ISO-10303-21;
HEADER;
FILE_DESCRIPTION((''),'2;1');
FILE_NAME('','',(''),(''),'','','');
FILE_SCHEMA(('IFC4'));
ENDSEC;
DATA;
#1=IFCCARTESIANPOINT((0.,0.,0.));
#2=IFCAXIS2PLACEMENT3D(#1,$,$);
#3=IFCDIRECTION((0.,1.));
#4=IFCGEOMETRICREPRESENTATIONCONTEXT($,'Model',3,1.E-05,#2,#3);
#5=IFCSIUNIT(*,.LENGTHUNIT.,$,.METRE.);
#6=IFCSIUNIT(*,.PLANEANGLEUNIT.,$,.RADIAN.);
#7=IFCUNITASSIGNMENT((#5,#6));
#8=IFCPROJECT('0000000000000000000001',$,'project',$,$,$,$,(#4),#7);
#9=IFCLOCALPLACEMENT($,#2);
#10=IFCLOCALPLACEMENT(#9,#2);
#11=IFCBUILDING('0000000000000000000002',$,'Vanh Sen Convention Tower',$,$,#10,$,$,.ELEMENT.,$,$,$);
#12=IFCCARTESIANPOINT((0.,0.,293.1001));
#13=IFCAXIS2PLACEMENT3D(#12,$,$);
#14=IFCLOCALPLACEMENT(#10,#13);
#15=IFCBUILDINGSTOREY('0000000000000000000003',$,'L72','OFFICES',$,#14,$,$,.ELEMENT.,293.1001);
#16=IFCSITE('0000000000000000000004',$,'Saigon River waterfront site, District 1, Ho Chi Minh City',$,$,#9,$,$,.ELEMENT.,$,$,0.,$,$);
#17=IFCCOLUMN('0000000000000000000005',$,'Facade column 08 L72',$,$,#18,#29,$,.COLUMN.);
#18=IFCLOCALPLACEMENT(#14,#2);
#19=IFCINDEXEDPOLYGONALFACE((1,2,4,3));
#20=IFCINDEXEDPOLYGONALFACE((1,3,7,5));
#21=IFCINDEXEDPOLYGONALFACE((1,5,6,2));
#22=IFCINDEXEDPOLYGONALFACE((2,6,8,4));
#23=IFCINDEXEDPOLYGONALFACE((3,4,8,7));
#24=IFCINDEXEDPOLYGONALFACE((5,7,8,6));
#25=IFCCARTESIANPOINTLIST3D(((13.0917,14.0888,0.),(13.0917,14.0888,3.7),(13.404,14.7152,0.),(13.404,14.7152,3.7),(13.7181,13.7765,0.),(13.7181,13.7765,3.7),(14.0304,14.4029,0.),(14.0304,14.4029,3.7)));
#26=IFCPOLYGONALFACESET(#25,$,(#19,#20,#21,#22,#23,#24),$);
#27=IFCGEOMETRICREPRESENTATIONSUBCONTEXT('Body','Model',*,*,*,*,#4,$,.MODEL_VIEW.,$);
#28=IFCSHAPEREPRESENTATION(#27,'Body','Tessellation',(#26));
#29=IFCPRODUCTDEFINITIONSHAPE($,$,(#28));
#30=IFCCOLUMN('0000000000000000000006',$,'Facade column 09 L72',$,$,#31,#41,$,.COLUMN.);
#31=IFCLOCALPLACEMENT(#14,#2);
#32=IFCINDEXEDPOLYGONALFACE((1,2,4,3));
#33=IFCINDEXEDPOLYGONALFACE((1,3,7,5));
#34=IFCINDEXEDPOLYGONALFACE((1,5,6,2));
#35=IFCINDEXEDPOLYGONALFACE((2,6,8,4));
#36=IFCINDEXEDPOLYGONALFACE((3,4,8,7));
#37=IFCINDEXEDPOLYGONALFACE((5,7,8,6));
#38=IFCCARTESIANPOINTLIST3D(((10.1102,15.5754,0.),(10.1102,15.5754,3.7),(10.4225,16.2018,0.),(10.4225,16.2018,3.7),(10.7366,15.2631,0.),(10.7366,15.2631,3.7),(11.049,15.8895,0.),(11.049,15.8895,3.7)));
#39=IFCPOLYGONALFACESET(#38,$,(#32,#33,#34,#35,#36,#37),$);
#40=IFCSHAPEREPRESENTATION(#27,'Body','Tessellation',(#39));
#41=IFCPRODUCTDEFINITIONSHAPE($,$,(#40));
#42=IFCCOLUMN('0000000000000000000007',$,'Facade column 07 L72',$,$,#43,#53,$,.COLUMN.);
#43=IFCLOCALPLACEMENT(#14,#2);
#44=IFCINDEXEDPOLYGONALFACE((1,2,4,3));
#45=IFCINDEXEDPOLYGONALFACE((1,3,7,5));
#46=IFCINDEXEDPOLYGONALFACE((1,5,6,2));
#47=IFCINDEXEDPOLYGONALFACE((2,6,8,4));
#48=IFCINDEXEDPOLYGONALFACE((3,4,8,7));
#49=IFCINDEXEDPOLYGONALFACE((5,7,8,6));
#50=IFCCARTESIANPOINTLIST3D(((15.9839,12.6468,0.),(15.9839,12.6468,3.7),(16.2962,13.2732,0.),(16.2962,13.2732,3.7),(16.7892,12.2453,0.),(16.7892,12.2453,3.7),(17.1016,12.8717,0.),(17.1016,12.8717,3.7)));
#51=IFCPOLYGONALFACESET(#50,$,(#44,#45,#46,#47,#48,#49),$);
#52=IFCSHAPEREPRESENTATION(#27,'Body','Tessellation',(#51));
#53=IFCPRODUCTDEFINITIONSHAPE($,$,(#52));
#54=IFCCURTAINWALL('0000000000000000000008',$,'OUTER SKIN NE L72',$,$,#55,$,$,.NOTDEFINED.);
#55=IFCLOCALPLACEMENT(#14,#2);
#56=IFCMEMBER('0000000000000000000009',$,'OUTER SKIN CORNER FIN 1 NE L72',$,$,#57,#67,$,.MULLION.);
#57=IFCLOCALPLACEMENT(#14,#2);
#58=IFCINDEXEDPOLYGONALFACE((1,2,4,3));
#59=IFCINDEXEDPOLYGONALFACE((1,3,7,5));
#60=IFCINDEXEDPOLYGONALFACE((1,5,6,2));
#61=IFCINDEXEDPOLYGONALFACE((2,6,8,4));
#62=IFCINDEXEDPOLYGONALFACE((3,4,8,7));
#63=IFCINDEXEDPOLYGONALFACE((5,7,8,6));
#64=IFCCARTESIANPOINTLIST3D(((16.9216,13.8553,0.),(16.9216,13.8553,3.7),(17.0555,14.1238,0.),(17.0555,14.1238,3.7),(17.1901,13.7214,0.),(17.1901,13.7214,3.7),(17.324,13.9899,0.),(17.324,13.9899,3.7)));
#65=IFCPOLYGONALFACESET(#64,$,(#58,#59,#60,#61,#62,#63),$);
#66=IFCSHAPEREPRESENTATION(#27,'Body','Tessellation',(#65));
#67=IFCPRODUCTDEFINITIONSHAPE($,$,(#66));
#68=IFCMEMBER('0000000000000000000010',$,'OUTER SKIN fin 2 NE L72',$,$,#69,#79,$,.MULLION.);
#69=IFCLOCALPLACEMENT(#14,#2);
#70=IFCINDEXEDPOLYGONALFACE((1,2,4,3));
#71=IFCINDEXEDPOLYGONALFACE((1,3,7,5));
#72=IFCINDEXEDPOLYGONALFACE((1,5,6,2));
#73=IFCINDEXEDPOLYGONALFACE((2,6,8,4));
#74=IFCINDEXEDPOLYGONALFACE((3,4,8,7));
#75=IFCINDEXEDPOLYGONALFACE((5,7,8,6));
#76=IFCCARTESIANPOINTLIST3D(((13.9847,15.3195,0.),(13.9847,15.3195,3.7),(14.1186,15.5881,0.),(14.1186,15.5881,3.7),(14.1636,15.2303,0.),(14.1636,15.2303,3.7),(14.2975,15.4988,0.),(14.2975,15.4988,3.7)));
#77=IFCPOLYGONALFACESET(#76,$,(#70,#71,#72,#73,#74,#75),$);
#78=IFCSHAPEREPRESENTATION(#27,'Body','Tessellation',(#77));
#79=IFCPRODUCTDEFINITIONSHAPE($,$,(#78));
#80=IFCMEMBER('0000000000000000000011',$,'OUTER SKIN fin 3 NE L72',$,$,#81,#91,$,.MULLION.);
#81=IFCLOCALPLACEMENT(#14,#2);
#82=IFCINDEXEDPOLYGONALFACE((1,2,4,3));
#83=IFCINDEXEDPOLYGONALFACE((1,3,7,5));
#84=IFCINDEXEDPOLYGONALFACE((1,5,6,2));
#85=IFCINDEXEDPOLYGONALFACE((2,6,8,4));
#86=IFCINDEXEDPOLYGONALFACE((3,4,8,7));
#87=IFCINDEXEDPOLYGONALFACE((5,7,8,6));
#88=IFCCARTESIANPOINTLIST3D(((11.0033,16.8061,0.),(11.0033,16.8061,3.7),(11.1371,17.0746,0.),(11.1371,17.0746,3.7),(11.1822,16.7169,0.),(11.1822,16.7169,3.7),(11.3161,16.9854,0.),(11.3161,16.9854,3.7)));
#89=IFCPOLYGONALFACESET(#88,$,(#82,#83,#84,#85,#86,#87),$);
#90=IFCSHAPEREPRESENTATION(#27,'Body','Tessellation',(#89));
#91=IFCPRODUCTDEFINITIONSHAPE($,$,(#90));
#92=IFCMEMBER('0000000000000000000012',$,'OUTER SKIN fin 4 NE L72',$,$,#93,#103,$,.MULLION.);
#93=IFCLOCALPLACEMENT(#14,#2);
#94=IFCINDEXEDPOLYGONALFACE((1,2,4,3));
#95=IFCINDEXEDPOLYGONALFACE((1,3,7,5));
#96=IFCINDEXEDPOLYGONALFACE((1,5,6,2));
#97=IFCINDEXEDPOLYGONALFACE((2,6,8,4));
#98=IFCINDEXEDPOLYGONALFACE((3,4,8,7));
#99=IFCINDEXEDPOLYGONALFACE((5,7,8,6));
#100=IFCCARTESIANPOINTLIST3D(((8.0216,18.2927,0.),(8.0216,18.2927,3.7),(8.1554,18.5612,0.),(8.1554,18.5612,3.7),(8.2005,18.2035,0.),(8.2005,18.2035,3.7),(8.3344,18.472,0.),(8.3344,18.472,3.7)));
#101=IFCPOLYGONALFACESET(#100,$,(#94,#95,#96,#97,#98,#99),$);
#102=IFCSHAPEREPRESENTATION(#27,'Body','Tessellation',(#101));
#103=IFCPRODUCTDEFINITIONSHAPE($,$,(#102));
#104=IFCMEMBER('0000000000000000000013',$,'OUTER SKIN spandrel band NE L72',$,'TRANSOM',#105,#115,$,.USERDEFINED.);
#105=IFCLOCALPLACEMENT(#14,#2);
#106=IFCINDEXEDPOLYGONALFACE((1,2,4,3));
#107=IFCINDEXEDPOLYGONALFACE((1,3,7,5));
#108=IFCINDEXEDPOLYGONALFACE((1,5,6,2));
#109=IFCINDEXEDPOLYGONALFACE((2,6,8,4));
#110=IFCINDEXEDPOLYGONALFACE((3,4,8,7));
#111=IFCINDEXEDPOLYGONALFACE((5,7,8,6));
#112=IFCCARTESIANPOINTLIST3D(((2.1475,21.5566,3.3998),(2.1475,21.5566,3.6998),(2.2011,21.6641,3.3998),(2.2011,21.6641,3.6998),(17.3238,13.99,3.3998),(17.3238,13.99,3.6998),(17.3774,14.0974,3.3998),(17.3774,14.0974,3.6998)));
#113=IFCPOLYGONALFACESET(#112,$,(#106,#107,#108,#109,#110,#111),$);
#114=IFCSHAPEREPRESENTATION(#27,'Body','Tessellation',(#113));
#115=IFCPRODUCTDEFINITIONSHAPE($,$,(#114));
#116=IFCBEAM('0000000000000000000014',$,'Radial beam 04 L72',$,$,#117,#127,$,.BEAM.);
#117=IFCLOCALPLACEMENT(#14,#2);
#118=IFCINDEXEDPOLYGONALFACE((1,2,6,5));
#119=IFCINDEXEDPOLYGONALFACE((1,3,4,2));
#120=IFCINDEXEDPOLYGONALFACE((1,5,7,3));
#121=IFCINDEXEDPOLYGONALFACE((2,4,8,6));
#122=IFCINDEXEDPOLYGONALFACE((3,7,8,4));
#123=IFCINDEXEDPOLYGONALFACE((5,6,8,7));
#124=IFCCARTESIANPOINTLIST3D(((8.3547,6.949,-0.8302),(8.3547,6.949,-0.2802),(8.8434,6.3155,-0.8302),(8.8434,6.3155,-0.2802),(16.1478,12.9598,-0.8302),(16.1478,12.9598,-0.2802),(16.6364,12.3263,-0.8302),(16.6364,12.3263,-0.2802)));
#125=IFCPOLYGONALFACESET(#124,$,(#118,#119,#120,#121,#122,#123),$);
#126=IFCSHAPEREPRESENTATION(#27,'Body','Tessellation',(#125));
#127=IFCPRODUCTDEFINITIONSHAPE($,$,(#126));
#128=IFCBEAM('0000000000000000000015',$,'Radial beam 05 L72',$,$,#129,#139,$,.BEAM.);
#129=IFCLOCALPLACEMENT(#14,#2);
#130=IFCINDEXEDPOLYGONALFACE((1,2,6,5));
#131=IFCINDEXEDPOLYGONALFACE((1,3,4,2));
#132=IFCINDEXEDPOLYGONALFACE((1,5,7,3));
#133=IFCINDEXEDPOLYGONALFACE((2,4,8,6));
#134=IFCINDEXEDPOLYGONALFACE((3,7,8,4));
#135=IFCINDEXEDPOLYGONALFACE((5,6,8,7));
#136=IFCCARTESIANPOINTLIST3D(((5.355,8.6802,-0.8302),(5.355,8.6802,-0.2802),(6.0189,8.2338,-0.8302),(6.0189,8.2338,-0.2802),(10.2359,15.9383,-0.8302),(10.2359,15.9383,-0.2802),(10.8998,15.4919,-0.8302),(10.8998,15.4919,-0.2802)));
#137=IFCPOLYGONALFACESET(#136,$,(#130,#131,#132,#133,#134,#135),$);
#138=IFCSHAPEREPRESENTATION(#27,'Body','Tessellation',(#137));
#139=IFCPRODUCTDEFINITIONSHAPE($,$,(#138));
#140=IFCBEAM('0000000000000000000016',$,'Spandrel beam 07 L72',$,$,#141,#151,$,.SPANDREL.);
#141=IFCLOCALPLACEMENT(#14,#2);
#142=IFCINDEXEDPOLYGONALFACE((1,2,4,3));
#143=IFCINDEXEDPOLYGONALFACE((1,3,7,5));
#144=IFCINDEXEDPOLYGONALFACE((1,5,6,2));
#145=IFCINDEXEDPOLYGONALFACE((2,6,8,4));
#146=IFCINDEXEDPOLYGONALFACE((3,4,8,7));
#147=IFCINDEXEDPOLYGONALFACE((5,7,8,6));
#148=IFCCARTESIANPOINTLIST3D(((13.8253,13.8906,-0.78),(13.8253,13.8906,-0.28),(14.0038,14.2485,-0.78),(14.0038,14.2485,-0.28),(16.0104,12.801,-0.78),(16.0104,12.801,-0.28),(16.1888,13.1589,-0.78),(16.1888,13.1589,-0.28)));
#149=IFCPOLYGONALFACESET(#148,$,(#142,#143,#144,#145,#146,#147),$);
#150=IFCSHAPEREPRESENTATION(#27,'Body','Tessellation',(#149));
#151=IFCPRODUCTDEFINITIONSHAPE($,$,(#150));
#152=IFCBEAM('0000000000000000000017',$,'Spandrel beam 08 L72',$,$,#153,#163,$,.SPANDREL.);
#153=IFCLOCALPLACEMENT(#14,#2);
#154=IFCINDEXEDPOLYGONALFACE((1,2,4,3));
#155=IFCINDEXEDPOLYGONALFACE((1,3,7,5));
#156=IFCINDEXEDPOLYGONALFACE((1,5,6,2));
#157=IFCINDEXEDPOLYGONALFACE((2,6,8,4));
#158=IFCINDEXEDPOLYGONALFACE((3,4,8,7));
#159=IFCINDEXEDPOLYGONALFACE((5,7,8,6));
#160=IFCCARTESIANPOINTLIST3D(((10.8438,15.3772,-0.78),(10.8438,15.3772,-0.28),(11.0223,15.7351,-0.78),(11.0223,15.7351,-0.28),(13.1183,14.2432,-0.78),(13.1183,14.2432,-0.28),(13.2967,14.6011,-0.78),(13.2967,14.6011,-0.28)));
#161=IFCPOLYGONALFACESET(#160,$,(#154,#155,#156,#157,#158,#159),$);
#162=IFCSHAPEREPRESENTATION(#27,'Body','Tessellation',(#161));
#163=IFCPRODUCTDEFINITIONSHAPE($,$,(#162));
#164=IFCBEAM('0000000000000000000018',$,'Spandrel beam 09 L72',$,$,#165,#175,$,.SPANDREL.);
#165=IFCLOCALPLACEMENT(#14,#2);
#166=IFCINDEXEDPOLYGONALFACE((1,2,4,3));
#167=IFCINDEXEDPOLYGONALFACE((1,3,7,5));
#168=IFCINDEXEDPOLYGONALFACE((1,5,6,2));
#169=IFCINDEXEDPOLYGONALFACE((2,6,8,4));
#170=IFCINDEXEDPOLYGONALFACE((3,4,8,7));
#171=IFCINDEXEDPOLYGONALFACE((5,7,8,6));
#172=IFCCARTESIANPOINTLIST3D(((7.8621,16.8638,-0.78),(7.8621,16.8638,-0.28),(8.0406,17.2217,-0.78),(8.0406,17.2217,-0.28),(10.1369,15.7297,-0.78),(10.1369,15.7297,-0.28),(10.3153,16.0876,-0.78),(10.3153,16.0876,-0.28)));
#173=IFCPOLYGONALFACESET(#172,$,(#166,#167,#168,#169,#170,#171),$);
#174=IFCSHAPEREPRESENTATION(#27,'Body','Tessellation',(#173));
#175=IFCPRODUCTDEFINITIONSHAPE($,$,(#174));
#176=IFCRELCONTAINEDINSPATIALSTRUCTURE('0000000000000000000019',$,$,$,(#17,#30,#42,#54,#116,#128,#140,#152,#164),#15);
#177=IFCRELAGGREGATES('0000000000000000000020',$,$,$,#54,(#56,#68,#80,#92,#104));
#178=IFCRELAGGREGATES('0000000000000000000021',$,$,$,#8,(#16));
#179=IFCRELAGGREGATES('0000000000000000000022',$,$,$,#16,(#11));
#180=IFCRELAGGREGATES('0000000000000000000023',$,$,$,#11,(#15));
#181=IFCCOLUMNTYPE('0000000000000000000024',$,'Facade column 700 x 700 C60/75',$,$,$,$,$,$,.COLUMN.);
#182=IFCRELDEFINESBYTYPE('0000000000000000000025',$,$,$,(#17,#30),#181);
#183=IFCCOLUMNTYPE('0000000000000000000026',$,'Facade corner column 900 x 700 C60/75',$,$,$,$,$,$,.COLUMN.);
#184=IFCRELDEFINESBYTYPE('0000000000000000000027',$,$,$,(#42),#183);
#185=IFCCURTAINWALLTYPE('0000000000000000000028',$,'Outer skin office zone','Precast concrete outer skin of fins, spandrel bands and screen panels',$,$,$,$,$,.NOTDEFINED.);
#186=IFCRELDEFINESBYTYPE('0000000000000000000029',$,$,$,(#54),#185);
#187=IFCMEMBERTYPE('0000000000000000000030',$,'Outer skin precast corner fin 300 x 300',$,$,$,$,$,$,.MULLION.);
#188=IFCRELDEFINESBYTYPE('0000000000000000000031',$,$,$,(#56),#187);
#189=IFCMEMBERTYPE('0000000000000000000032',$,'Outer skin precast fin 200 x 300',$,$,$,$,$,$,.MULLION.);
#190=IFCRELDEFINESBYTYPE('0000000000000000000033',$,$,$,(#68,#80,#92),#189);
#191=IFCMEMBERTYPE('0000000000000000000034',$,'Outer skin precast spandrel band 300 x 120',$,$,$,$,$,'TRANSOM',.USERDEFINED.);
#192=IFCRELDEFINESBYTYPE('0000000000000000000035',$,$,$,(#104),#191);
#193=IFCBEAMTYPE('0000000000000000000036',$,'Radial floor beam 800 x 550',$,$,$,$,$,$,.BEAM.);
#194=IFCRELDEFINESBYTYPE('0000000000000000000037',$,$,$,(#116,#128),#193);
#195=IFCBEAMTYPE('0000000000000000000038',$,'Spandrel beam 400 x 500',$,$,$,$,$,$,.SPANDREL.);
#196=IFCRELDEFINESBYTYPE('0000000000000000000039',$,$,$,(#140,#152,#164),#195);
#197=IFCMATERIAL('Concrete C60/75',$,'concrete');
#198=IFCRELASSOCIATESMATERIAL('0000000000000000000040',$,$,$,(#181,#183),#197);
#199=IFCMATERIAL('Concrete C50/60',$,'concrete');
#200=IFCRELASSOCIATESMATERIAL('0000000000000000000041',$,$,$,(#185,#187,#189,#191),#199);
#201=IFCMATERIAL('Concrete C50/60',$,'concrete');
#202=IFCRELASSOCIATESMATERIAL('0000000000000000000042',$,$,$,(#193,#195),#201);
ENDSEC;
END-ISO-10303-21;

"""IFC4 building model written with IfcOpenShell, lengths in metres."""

from ifc_helpers import new_model, si_unit, direction, frame, origin, origin_2d, place, context, subcontext, project, spatial, rectangle, extrude, material, material_profile, profile_set, type_object, element, aggregate, save


model = new_model("IFC4")

# Units and contexts
model_context = context("Model", 3, precision=1e-05, world=origin(), true_north=direction((0.0, 1.0)))
body_context = subcontext(model_context, "Body", "Model", "MODEL_VIEW")
ifc_project = project(units=[si_unit("LENGTHUNIT", "METRE"), si_unit("PLANEANGLEUNIT", "RADIAN")], contexts=[model_context])

# Site, building, storey
site_placement = place(None, origin())
site = spatial("IfcSite", under=ifc_project, at=site_placement, Name="Saigon River waterfront site, District 1, Ho Chi Minh City", CompositionType="ELEMENT", RefElevation=0.0)
building_placement = place(site_placement, origin())
building = spatial("IfcBuilding", under=site, at=building_placement, Name="Vanh Sen Convention Tower", CompositionType="ELEMENT")
storey_placement = place(building_placement, frame((0.0, 0.0, 293.1001)))
storey = spatial("IfcBuildingStorey", under=building, at=storey_placement, Name="L72", Description="OFFICES", CompositionType="ELEMENT", Elevation=293.1001)

# Columns
ifc_material_1 = material(Name="Concrete C60/75", Category="concrete")
ifc_material_profile_1 = material_profile(ifc_material_1, rectangle(XDim=0.7, YDim=0.7, at=origin_2d()), Name="RC 700X700")
ifc_profile_set_1 = profile_set([ifc_material_profile_1], Name="Concrete C60/75")
column_type_1 = type_object("IfcColumnType", Name="Facade column 700 x 700 C60/75", PredefinedType="COLUMN", material=ifc_profile_set_1)
for number, where, z_axis, x_axis, name in (
    (1, (13.561, 14.2458, 0.0), (0.0, 0.0, 1.0), (-0.894934, 0.446198, 0.0), "Facade column 08 L72"),
    (2, (10.5796, 15.7324, 0.0), (0.0, 0.0, 1.0), (-0.894934, 0.446198, 0.0), "Facade column 09 L72"),
):
    element("IfcColumn", number, at=place(storey_placement, frame(where, z_axis=z_axis, x_axis=x_axis)), inside=storey, type_object=column_type_1, Name=name, PredefinedType="COLUMN", context=body_context, shape_type="SweptSolid", body=[
        extrude(rectangle(XDim=0.7, YDim=0.7, at=origin_2d()), origin(), (0.0, 0.0, 1.0), 3.7),
    ])
ifc_material_profile_2 = material_profile(ifc_material_1, rectangle(XDim=0.8999, YDim=0.7, at=origin_2d()), Name="RC 900X700")
ifc_profile_set_2 = profile_set([ifc_material_profile_2], Name="Concrete C60/75")
column_type_2 = type_object("IfcColumnType", Name="Facade corner column 900 x 700 C60/75", PredefinedType="COLUMN", material=ifc_profile_set_2)
column_placement = place(storey_placement, frame((16.5427, 12.7593, 0.0), z_axis=(0.0, 0.0, 1.0), x_axis=(-0.894934, 0.446198, 0.0)))
element("IfcColumn", 3, at=column_placement, inside=storey, type_object=column_type_2, Name="Facade column 07 L72", PredefinedType="COLUMN", context=body_context, shape_type="SweptSolid", body=[
    extrude(rectangle(XDim=0.8999, YDim=0.7, at=origin_2d()), origin(), (0.0, 0.0, 1.0), 3.7),
])

# Curtain wall, members
ifc_material_2 = material(Name="Concrete C50/60", Category="concrete")
curtain_wall_type = type_object("IfcCurtainWallType", Name="Outer skin office zone", Description="Precast concrete outer skin of fins, spandrel bands and screen panels", PredefinedType="NOTDEFINED", material=ifc_material_2)
curtain_wall_1_placement = place(storey_placement, origin())
curtain_wall_1 = element("IfcCurtainWall", 4, at=curtain_wall_1_placement, inside=storey, type_object=curtain_wall_type, Name="OUTER SKIN NE L72", PredefinedType="NOTDEFINED")
ifc_material_profile_3 = material_profile(ifc_material_2, rectangle(XDim=0.3, YDim=0.3, at=origin_2d()), Name="Outer skin precast corner fin 300 x 300")
ifc_profile_set_3 = profile_set([ifc_material_profile_3], Name="Concrete C50/60")
member_type_1 = type_object("IfcMemberType", Name="Outer skin precast corner fin 300 x 300", PredefinedType="MULLION", material=ifc_profile_set_3)
member_1_placement = place(storey_placement, frame((17.1228, 13.9226, 0.0), z_axis=(0.0, 0.0, 1.0), x_axis=(-0.894934, 0.446198, 0.0)))
member_1 = element("IfcMember", 5, at=member_1_placement, type_object=member_type_1, Name="OUTER SKIN CORNER FIN 1 NE L72", PredefinedType="MULLION", context=body_context, shape_type="SweptSolid", body=[
    extrude(rectangle(XDim=0.3, YDim=0.3, at=origin_2d()), origin(), (0.0, 0.0, 1.0), 3.7),
])
ifc_material_profile_4 = material_profile(ifc_material_2, rectangle(XDim=0.2, YDim=0.3, at=origin_2d()), Name="Outer skin precast fin 200 x 300")
ifc_profile_set_4 = profile_set([ifc_material_profile_4], Name="Concrete C50/60")
member_type_2 = type_object("IfcMemberType", Name="Outer skin precast fin 200 x 300", PredefinedType="MULLION", material=ifc_profile_set_4)
member_2_placement = place(storey_placement, frame((14.1411, 15.4092, 0.0), z_axis=(0.0, 0.0, 1.0), x_axis=(-0.894934, 0.446198, 0.0)))
member_2 = element("IfcMember", 6, at=member_2_placement, type_object=member_type_2, Name="OUTER SKIN fin 2 NE L72", PredefinedType="MULLION", context=body_context, shape_type="SweptSolid", body=[
    extrude(rectangle(XDim=0.2, YDim=0.3, at=origin_2d()), origin(), (0.0, 0.0, 1.0), 3.7),
])
member_3_placement = place(storey_placement, frame((11.1597, 16.8958, 0.0), z_axis=(0.0, 0.0, 1.0), x_axis=(-0.894934, 0.446198, 0.0)))
member_3 = element("IfcMember", 7, at=member_3_placement, type_object=member_type_2, Name="OUTER SKIN fin 3 NE L72", PredefinedType="MULLION", context=body_context, shape_type="SweptSolid", body=[
    extrude(rectangle(XDim=0.2, YDim=0.3, at=origin_2d()), origin(), (0.0, 0.0, 1.0), 3.7),
])
member_4_placement = place(storey_placement, frame((8.178, 18.3823, 0.0), z_axis=(0.0, 0.0, 1.0), x_axis=(-0.894934, 0.446198, 0.0)))
member_4 = element("IfcMember", 8, at=member_4_placement, type_object=member_type_2, Name="OUTER SKIN fin 4 NE L72", PredefinedType="MULLION", context=body_context, shape_type="SweptSolid", body=[
    extrude(rectangle(XDim=0.2, YDim=0.3, at=origin_2d()), origin(), (0.0, 0.0, 1.0), 3.7),
])
ifc_material_profile_5 = material_profile(ifc_material_2, rectangle(XDim=0.1201, YDim=0.3, at=origin_2d()), Name="Outer skin precast spandrel band 300 x 120")
ifc_profile_set_5 = profile_set([ifc_material_profile_5], Name="Concrete C50/60")
member_type_3 = type_object("IfcMemberType", Name="Outer skin precast spandrel band 300 x 120", ElementType="TRANSOM", PredefinedType="USERDEFINED", material=ifc_profile_set_5)
member_5_placement = place(storey_placement, frame((17.3506, 14.0437, 3.5498), z_axis=(-0.894933, 0.4462, 0.0), x_axis=(-0.4462, -0.894933, 0.0)))
member_5 = element("IfcMember", 9, at=member_5_placement, type_object=member_type_3, Name="OUTER SKIN spandrel band NE L72", ObjectType="TRANSOM", PredefinedType="USERDEFINED", context=body_context, shape_type="SweptSolid", body=[
    extrude(rectangle(XDim=0.1201, YDim=0.3, at=origin_2d()), origin(), (0.0, 0.0, 1.0), 16.958),
])

# Beams
ifc_material_3 = material(Name="Concrete C50/60", Category="concrete")
ifc_material_profile_6 = material_profile(ifc_material_3, rectangle(XDim=0.8, YDim=0.55, at=origin_2d()), Name="RC 800X550")
ifc_profile_set_6 = profile_set([ifc_material_profile_6], Name="Concrete C50/60")
beam_type_1 = type_object("IfcBeamType", Name="Radial floor beam 800 x 550", PredefinedType="BEAM", material=ifc_profile_set_6)
beam_1_placement = place(storey_placement, frame((16.3921, 12.6431, -0.5552), z_axis=(-0.79183, -0.610741, 0.0), x_axis=(0.610741, -0.79183, 0.0)))
element("IfcBeam", 10, at=beam_1_placement, inside=storey, type_object=beam_type_1, Name="Radial beam 04 L72", PredefinedType="BEAM", context=body_context, shape_type="SweptSolid", body=[
    extrude(rectangle(XDim=0.8, YDim=0.55, at=origin_2d()), origin(), (0.0, 0.0, 1.0), 9.8418),
])
beam_2_placement = place(storey_placement, frame((10.5679, 15.7151, -0.5552), z_axis=(-0.558032, -0.829819, 0.0), x_axis=(0.829819, -0.558032, 0.0)))
element("IfcBeam", 11, at=beam_2_placement, inside=storey, type_object=beam_type_1, Name="Radial beam 05 L72", PredefinedType="BEAM", context=body_context, shape_type="SweptSolid", body=[
    extrude(rectangle(XDim=0.8, YDim=0.55, at=origin_2d()), origin(), (0.0, 0.0, 1.0), 8.7466),
])
ifc_material_profile_7 = material_profile(ifc_material_3, rectangle(XDim=0.3999, YDim=0.5, at=origin_2d()), Name="RC 400X500")
ifc_profile_set_7 = profile_set([ifc_material_profile_7], Name="Concrete C50/60")
beam_type_2 = type_object("IfcBeamType", Name="Spandrel beam 400 x 500", PredefinedType="SPANDREL", material=ifc_profile_set_7)
beam_3_placement = place(storey_placement, frame((16.0996, 12.98, -0.53), z_axis=(-0.894907, 0.446253, 0.0), x_axis=(-0.446253, -0.894907, 0.0)))
element("IfcBeam", 12, at=beam_3_placement, inside=storey, type_object=beam_type_2, Name="Spandrel beam 07 L72", PredefinedType="SPANDREL", context=body_context, shape_type="SweptSolid", body=[
    extrude(rectangle(XDim=0.3999, YDim=0.5, at=origin_2d()), origin(), (0.0, 0.0, 1.0), 2.4417),
])
beam_4_placement = place(storey_placement, frame((13.2075, 14.4221, -0.53), z_axis=(-0.894926, 0.446214, 0.0), x_axis=(-0.446214, -0.894926, 0.0)))
element("IfcBeam", 13, at=beam_4_placement, inside=storey, type_object=beam_type_2, Name="Spandrel beam 08 L72", PredefinedType="SPANDREL", context=body_context, shape_type="SweptSolid", body=[
    extrude(rectangle(XDim=0.3999, YDim=0.5, at=origin_2d()), origin(), (0.0, 0.0, 1.0), 2.5415),
])
beam_5_placement = place(storey_placement, frame((10.2261, 15.9087, -0.53), z_axis=(-0.894945, 0.446176, 0.0), x_axis=(-0.446176, -0.894945, 0.0)))
element("IfcBeam", 14, at=beam_5_placement, inside=storey, type_object=beam_type_2, Name="Spandrel beam 09 L72", PredefinedType="SPANDREL", context=body_context, shape_type="SweptSolid", body=[
    extrude(rectangle(XDim=0.3999, YDim=0.5, at=origin_2d()), origin(), (0.0, 0.0, 1.0), 2.5417),
])

aggregate(curtain_wall_1, [member_1, member_2, member_3, member_4, member_5])

save(model, "model.ifc")
